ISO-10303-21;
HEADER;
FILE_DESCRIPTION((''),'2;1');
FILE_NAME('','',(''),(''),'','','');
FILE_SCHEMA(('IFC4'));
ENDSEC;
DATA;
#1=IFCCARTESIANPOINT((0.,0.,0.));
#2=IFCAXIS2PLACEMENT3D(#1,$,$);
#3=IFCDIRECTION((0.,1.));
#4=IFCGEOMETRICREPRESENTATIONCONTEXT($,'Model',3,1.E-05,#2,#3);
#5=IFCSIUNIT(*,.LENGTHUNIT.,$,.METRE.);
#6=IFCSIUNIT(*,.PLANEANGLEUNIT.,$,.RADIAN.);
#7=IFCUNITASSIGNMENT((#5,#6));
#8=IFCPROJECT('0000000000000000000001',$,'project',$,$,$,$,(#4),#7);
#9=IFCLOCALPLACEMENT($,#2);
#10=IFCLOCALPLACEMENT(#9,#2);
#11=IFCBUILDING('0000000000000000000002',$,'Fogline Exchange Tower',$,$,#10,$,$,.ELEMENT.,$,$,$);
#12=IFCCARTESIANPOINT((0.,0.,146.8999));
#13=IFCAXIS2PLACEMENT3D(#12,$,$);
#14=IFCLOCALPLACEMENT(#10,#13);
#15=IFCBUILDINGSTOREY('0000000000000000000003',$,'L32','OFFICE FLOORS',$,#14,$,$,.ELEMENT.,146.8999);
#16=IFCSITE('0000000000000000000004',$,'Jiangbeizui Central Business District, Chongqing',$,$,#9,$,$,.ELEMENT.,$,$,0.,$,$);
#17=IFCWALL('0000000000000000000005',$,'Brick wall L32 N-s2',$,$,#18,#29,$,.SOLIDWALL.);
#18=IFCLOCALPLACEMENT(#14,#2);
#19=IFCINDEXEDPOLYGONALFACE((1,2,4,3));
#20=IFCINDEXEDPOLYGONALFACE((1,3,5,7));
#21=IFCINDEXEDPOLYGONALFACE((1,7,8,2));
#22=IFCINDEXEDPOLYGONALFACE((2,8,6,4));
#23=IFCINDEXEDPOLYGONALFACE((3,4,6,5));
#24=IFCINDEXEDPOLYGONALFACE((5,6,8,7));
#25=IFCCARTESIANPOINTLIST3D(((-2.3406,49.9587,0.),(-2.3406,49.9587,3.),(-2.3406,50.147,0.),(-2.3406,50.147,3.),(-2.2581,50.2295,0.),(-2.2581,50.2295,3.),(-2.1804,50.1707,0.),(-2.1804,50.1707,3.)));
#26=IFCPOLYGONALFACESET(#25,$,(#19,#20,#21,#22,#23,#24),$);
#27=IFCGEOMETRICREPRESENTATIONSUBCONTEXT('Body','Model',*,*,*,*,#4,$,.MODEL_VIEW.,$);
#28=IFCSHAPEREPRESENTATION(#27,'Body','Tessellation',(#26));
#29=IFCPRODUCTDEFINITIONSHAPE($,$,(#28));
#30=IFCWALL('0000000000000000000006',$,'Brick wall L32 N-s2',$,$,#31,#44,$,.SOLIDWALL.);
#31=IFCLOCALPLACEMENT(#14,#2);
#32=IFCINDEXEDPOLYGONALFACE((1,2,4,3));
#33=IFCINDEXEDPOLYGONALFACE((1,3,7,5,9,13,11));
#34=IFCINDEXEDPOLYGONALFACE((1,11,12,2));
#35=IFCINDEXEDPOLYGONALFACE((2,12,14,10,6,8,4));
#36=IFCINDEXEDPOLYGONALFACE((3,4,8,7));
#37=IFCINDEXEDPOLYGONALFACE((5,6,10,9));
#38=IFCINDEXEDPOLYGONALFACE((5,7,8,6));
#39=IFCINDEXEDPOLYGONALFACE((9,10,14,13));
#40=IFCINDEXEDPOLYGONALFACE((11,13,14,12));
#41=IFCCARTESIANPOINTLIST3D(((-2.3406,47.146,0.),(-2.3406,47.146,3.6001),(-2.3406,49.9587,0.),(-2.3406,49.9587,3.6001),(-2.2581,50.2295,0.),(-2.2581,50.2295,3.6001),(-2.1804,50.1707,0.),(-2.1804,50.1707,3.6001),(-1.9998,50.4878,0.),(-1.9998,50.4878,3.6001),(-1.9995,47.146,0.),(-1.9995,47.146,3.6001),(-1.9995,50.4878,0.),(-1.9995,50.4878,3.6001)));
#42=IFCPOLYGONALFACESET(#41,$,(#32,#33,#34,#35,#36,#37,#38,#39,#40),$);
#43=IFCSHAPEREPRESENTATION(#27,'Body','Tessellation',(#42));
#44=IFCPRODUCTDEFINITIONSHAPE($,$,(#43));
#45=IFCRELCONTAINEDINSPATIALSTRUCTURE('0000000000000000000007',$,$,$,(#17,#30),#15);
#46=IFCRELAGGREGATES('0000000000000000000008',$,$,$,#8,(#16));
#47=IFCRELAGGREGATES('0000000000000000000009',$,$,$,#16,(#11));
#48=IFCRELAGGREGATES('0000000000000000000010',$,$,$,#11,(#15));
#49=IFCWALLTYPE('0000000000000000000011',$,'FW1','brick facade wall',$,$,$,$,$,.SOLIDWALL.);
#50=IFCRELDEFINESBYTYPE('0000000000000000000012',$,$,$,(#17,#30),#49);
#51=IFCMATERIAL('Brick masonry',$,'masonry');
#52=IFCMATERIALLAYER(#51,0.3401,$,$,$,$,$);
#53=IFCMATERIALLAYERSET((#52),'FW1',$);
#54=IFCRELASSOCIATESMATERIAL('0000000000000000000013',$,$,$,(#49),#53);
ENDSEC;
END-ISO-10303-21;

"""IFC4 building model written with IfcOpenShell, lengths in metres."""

from ifc_helpers import new_model, si_unit, direction, frame, origin, place, context, subcontext, project, spatial, polyline, outline, extrude, material, layer, layer_set, type_object, element, save


model = new_model("IFC4")

# Units and contexts
model_context = context("Model", 3, precision=1e-05, world=origin(), true_north=direction((0.0, 1.0)))
body_context = subcontext(model_context, "Body", "Model", "MODEL_VIEW")
ifc_project = project(units=[si_unit("LENGTHUNIT", "METRE"), si_unit("PLANEANGLEUNIT", "RADIAN")], contexts=[model_context])

# Site, building, storey
site_placement = place(None, origin())
site = spatial("IfcSite", under=ifc_project, at=site_placement, Name="Jiangbeizui Central Business District, Chongqing", CompositionType="ELEMENT", RefElevation=0.0)
building_placement = place(site_placement, origin())
building = spatial("IfcBuilding", under=site, at=building_placement, Name="Fogline Exchange Tower", CompositionType="ELEMENT")
storey_placement = place(building_placement, frame((0.0, 0.0, 146.8999)))
storey = spatial("IfcBuildingStorey", under=building, at=storey_placement, Name="L32", Description="OFFICE FLOORS", CompositionType="ELEMENT", Elevation=146.8999)

# Walls
ifc_material = material(Name="Brick masonry", Category="masonry")
ifc_layer = layer(ifc_material, 0.3401)
ifc_layer_set = layer_set([ifc_layer], Name="FW1")
wall_type = type_object("IfcWallType", Name="FW1", Description="brick facade wall", PredefinedType="SOLIDWALL", material=ifc_layer_set)
wall_1_placement = place(storey_placement, origin())
element("IfcWall", 1, at=wall_1_placement, inside=storey, type_object=wall_type, Name="Brick wall L32 N-s2", PredefinedType="SOLIDWALL", context=body_context, shape_type="SweptSolid", body=[
    extrude(outline(polyline([(-2.3406, 50.147), (-2.2581, 50.2295), (-2.1804, 50.1707), (-2.3406, 49.9587), (-2.3406, 50.147)])), origin(), (0.0, 0.0, 1.0), 3.0),
])
wall_2_placement = place(storey_placement, origin())
element("IfcWall", 2, at=wall_2_placement, inside=storey, type_object=wall_type, Name="Brick wall L32 N-s2", PredefinedType="SOLIDWALL", context=body_context, shape_type="SweptSolid", body=[
    extrude(outline(polyline([(-1.9995, 47.146), (-2.3406, 47.146), (-2.3406, 49.9587), (-2.1804, 50.1707), (-2.2581, 50.2295), (-1.9998, 50.4878), (-1.9995, 50.4878), (-1.9995, 47.146)])), origin(), (0.0, 0.0, 1.0), 3.6001),
])

save(model, "model.ifc")
